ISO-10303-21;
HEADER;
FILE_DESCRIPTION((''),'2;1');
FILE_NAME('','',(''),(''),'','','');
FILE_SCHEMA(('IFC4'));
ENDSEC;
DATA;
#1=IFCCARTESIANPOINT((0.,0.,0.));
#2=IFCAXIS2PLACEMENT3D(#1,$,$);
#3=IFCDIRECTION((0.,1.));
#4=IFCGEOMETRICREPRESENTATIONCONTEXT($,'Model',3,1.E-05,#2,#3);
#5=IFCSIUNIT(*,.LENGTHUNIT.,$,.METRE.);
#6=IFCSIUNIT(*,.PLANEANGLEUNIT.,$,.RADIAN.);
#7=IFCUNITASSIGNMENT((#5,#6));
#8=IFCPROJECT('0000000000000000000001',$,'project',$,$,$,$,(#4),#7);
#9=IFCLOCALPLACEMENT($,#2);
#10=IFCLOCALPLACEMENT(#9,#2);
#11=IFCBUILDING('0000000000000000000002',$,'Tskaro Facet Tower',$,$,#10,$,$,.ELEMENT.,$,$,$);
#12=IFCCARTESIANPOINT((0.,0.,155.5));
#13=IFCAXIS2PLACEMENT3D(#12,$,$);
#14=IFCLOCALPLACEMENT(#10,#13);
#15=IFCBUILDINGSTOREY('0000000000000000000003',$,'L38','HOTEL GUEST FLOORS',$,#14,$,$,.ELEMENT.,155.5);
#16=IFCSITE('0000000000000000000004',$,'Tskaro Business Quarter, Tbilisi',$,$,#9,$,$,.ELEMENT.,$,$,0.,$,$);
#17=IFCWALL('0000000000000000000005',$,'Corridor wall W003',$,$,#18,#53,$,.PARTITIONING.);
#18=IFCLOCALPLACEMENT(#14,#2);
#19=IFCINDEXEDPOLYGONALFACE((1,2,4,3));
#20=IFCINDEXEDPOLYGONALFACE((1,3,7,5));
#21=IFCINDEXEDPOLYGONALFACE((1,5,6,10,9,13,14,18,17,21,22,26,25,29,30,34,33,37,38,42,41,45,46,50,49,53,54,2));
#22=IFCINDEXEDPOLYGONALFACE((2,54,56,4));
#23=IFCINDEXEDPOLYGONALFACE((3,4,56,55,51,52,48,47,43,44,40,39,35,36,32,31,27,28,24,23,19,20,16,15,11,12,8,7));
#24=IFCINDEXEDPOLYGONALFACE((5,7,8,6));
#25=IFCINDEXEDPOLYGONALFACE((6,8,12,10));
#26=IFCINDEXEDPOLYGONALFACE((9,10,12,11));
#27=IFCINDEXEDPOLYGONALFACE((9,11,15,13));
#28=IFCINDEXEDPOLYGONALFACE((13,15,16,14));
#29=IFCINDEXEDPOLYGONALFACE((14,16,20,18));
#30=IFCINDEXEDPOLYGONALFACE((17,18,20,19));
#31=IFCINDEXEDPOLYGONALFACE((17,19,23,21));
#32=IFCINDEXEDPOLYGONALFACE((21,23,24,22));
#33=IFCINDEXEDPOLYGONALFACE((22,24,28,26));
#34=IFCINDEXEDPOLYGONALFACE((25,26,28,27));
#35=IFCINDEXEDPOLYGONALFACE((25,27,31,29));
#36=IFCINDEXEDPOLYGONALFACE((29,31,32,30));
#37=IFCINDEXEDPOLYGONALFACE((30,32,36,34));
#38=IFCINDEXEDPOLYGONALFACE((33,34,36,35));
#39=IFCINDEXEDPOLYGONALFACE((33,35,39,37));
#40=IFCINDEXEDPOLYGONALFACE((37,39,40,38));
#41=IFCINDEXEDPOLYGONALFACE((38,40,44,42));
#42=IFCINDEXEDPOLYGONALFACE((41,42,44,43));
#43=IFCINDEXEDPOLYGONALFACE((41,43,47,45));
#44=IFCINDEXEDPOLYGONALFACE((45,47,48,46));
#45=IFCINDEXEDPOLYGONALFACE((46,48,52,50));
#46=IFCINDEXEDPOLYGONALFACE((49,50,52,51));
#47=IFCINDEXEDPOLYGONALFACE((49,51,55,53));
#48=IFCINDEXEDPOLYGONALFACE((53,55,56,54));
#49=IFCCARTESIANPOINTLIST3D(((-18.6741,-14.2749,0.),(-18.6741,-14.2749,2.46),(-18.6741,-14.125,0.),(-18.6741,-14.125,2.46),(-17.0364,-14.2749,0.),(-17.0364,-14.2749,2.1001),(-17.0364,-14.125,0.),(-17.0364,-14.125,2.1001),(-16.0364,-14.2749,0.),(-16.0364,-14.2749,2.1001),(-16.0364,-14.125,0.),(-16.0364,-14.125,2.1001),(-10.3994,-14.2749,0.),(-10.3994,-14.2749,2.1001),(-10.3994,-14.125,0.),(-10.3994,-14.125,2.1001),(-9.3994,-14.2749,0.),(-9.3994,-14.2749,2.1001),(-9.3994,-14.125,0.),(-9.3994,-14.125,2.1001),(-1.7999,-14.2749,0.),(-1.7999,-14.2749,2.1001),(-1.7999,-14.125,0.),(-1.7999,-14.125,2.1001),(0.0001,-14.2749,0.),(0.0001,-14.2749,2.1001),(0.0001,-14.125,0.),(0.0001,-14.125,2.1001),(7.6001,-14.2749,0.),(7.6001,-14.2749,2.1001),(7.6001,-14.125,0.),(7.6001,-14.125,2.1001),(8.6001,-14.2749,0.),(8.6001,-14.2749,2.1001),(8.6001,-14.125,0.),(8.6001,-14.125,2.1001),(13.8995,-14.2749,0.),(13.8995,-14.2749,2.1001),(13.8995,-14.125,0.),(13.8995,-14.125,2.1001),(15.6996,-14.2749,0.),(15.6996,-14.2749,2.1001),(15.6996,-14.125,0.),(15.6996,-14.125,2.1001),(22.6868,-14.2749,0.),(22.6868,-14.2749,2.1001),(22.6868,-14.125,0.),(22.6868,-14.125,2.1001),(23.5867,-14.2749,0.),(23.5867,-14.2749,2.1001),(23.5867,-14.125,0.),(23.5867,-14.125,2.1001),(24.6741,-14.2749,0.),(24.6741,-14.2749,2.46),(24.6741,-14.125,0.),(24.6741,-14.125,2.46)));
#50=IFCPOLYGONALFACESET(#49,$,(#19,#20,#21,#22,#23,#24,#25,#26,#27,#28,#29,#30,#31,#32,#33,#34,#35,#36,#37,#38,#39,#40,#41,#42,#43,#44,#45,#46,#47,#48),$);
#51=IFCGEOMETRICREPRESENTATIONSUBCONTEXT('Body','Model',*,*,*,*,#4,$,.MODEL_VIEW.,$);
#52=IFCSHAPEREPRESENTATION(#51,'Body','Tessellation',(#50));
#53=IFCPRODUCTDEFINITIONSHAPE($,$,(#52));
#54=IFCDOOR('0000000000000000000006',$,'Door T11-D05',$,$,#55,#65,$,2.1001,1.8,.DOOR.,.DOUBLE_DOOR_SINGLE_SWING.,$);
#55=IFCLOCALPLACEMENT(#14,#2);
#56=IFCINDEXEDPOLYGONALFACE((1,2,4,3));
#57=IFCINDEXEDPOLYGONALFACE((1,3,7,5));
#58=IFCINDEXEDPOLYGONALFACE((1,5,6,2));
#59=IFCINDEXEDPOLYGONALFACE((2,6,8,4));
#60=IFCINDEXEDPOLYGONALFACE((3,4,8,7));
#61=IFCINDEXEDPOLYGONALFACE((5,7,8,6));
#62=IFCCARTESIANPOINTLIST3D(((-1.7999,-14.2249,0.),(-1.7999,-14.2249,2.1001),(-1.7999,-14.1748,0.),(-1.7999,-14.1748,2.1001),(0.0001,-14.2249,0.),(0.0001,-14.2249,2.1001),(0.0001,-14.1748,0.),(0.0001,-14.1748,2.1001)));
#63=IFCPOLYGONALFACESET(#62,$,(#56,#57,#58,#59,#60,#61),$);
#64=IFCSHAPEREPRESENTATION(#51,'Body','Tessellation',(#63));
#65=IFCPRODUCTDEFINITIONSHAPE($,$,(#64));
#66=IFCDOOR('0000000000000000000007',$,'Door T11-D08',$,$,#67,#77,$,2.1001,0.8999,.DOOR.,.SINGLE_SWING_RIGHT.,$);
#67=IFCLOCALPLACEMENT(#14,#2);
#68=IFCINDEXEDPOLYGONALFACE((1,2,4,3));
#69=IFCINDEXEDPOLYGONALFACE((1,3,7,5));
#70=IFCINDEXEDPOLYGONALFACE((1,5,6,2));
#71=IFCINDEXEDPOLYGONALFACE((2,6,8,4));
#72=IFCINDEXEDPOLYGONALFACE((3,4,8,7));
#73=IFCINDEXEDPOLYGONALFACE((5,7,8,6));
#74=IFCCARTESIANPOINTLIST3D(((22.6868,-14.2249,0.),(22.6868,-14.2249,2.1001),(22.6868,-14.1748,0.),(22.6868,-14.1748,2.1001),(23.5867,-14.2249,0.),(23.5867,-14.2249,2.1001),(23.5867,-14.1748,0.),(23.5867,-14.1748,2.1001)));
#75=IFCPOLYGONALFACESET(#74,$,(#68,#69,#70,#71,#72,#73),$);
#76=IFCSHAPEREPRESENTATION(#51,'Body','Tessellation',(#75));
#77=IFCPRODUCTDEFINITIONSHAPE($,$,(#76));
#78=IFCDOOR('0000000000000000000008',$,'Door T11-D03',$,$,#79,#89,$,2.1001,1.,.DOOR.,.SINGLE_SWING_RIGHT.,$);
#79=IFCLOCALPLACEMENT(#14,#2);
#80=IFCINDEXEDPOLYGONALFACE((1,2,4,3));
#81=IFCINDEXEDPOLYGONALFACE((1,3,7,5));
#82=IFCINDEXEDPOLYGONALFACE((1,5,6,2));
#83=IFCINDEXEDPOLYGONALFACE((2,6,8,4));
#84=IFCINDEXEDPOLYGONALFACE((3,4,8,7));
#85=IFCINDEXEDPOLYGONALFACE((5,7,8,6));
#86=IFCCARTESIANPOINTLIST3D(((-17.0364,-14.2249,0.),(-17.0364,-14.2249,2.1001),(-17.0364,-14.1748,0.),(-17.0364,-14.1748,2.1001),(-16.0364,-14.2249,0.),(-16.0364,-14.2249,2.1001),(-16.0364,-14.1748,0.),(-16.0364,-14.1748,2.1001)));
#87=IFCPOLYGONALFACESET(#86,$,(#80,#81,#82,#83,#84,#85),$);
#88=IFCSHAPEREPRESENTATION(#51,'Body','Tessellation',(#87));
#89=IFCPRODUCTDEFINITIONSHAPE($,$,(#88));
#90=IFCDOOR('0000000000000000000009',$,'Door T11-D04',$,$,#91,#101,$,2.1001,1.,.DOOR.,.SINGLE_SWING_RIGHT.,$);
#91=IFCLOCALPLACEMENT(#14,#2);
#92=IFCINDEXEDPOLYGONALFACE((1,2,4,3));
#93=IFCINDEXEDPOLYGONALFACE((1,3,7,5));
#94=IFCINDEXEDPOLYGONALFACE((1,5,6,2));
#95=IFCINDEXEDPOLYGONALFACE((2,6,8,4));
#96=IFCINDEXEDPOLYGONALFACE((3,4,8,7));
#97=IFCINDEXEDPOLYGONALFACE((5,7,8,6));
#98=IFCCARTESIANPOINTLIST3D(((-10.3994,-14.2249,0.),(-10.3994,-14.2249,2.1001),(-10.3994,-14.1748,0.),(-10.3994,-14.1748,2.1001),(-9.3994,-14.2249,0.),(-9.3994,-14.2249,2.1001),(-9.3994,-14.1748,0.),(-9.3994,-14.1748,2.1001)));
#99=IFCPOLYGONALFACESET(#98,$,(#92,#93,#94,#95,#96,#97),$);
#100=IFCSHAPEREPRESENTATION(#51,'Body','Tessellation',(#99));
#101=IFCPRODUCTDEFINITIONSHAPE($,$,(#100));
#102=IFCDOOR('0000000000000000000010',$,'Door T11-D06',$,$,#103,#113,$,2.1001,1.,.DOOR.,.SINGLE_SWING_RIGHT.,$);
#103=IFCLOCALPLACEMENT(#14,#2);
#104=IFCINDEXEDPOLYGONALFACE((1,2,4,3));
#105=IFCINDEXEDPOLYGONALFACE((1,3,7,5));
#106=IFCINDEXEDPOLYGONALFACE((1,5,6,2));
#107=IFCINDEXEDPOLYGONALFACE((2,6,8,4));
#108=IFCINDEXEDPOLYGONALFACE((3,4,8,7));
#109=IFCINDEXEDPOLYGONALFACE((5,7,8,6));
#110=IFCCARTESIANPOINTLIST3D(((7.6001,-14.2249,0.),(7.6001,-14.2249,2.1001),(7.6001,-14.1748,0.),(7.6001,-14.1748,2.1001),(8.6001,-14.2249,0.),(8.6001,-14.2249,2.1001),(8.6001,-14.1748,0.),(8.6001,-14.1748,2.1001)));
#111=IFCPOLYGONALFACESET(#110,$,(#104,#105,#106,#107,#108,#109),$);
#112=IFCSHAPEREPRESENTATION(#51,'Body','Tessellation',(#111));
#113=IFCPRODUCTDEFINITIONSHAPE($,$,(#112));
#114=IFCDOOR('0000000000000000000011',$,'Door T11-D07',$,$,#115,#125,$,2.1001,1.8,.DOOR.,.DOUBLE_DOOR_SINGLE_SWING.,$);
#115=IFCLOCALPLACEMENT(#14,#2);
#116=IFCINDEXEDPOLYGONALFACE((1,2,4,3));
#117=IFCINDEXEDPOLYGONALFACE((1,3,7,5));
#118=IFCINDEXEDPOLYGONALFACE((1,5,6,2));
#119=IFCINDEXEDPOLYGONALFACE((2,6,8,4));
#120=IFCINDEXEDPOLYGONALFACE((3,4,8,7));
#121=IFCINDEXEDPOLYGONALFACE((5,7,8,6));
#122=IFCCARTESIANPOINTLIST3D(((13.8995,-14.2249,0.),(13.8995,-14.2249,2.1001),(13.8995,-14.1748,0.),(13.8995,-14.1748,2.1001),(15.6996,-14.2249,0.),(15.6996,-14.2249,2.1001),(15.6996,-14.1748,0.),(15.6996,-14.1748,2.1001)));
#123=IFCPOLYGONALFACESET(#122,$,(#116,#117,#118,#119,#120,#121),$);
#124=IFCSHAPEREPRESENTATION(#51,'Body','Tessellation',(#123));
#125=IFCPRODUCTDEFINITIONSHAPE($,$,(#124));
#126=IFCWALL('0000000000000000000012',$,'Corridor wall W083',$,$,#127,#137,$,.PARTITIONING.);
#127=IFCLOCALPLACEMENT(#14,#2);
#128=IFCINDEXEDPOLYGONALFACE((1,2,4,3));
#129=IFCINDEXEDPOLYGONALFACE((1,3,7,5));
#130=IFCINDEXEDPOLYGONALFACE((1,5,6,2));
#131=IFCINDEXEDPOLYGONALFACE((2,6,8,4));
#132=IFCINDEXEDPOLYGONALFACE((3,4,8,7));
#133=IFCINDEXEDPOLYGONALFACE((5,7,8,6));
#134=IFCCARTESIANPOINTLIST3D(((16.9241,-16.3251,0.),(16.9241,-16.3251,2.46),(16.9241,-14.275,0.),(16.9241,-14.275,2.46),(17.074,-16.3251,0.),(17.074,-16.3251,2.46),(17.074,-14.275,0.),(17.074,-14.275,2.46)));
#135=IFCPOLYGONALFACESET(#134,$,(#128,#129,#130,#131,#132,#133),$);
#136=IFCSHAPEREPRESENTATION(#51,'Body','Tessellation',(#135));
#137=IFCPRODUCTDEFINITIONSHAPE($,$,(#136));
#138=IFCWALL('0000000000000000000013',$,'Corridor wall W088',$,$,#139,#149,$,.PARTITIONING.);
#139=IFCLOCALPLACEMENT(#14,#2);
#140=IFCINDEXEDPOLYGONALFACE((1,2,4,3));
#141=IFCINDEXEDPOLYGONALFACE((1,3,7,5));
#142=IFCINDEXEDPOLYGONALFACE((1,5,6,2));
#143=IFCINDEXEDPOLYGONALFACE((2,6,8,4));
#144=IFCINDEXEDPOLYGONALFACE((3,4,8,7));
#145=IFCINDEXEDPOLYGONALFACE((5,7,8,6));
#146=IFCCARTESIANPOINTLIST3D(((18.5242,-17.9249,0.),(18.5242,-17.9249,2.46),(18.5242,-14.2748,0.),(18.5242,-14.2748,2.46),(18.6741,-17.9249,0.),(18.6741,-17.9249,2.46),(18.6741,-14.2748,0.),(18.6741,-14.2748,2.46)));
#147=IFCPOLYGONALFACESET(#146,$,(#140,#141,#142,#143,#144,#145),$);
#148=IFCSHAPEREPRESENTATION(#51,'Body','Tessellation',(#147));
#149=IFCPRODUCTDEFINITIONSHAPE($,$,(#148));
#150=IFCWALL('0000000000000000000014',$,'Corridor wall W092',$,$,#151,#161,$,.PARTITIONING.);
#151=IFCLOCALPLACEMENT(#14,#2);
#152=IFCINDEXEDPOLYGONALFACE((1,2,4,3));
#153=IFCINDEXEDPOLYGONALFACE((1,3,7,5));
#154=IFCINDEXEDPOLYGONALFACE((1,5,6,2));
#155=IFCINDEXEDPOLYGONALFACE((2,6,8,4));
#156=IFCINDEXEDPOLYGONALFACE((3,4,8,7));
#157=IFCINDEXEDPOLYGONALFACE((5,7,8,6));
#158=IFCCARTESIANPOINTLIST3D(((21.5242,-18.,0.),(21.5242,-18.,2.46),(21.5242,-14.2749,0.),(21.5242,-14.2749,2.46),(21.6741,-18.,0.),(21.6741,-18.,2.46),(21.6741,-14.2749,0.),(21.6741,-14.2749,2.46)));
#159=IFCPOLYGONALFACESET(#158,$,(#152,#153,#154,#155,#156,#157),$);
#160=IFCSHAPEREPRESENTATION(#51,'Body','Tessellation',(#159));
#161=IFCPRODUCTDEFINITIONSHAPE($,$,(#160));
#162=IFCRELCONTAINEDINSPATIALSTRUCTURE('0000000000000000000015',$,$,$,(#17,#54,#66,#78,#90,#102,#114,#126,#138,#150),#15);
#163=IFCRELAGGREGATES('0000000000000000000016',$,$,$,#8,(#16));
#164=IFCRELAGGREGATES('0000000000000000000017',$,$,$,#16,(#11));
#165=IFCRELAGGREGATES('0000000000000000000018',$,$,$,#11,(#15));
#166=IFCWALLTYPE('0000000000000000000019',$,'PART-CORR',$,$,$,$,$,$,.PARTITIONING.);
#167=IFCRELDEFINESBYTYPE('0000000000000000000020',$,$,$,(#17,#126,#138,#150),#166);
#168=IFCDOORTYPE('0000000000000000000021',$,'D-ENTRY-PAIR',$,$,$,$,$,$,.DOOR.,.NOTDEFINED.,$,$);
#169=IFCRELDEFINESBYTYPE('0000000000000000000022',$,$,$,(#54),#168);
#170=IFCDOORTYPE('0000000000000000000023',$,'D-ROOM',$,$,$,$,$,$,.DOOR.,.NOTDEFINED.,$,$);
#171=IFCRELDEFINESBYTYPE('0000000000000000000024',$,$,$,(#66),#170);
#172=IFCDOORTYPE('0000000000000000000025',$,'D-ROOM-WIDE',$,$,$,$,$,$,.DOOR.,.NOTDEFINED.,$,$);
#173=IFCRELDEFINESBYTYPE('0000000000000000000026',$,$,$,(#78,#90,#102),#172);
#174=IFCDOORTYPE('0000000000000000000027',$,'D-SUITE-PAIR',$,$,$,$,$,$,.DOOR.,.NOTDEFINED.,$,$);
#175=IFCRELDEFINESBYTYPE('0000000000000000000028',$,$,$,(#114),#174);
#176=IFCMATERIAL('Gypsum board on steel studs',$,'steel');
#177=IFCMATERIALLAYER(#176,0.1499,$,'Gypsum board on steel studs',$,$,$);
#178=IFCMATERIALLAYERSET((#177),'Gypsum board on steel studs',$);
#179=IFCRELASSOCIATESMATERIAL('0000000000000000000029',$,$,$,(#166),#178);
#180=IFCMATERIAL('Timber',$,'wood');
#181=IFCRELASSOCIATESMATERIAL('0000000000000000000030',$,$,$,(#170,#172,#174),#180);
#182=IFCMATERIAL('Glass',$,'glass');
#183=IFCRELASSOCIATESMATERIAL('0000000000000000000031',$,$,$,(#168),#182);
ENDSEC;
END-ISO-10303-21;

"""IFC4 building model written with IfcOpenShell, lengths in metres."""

from ifc_helpers import new_model, si_unit, direction, frame, frame_2d, origin, place, context, subcontext, project, spatial, rectangle, extrude, material, layer, layer_set, type_object, element, fill, save


model = new_model("IFC4")

# Units and contexts
model_context = context("Model", 3, precision=1e-05, world=origin(), true_north=direction((0.0, 1.0)))
body_context = subcontext(model_context, "Body", "Model", "MODEL_VIEW")
ifc_project = project(units=[si_unit("LENGTHUNIT", "METRE"), si_unit("PLANEANGLEUNIT", "RADIAN")], contexts=[model_context])

# Site, building, storey
site_placement = place(None, origin())
site = spatial("IfcSite", under=ifc_project, at=site_placement, Name="Tskaro Business Quarter, Tbilisi", CompositionType="ELEMENT", RefElevation=0.0)
building_placement = place(site_placement, origin())
building = spatial("IfcBuilding", under=site, at=building_placement, Name="Tskaro Facet Tower", CompositionType="ELEMENT")
storey_placement = place(building_placement, frame((0.0, 0.0, 155.5)))
storey = spatial("IfcBuildingStorey", under=building, at=storey_placement, Name="L38", Description="HOTEL GUEST FLOORS", CompositionType="ELEMENT", Elevation=155.5)

# Shared definitions
ifc_material_1 = material(Name="Gypsum board on steel studs", Category="steel")
ifc_layer_1 = layer(ifc_material_1, 0.1499, Name="Gypsum board on steel studs")
ifc_layer_set_1 = layer_set([ifc_layer_1], Name="Gypsum board on steel studs")
wall_type_1 = type_object("IfcWallType", Name="PART-CORR", PredefinedType="PARTITIONING", material=ifc_layer_set_1)
ifc_material_2 = material(Name="Timber", Category="wood")
door_type_1 = type_object("IfcDoorType", Name="D-ROOM", OperationType="NOTDEFINED", PredefinedType="DOOR", material=ifc_material_2)

# Wall, openings, doors
wall_1_placement = place(storey_placement, frame((24.6741, -14.2, 0.0), z_axis=(0.0, 0.0, 1.0), x_axis=(-1.0, 0.0, 0.0)))
wall_1 = element("IfcWall", 1, at=wall_1_placement, inside=storey, type_object=wall_type_1, Name="Corridor wall W003", PredefinedType="PARTITIONING", context=body_context, shape_type="SweptSolid", body=[
    extrude(rectangle(XDim=43.3481, YDim=0.1499, at=frame_2d((21.6741, 0.0))), origin(), (0.0, 0.0, 1.0), 2.46),
])
opening_1_placement = place(wall_1_placement, frame((40.7104, 0.0, 0.0)))
opening_1 = element("IfcOpeningElement", 2, at=opening_1_placement, cuts=wall_1, PredefinedType="OPENING", context=body_context, shape_type="SweptSolid", body=[
    extrude(rectangle(XDim=1.0, YDim=2.1001, at=frame_2d((0.5, 1.05))), frame((0.0, 0.085, 0.0), z_axis=(0.0, -1.0, 0.0), x_axis=(1.0, 0.0, 0.0)), (0.0, 0.0, 1.0), 0.1699),
])
opening_2_placement = place(wall_1_placement, frame((34.0735, 0.0, 0.0)))
opening_2 = element("IfcOpeningElement", 3, at=opening_2_placement, cuts=wall_1, PredefinedType="OPENING", context=body_context, shape_type="SweptSolid", body=[
    extrude(rectangle(XDim=1.0, YDim=2.1001, at=frame_2d((0.5, 1.05))), frame((0.0, 0.085, 0.0), z_axis=(0.0, -1.0, 0.0), x_axis=(1.0, 0.0, 0.0)), (0.0, 0.0, 1.0), 0.1699),
])
opening_3_placement = place(wall_1_placement, frame((24.6741, 0.0, 0.0)))
opening_3 = element("IfcOpeningElement", 4, at=opening_3_placement, cuts=wall_1, PredefinedType="OPENING", context=body_context, shape_type="SweptSolid", body=[
    extrude(rectangle(XDim=1.8, YDim=2.1001, at=frame_2d((0.8999, 1.05))), frame((0.0, 0.085, 0.0), z_axis=(0.0, -1.0, 0.0), x_axis=(1.0, 0.0, 0.0)), (0.0, 0.0, 1.0), 0.1699),
])
opening_4_placement = place(wall_1_placement, frame((16.074, 0.0, 0.0)))
opening_4 = element("IfcOpeningElement", 5, at=opening_4_placement, cuts=wall_1, PredefinedType="OPENING", context=body_context, shape_type="SweptSolid", body=[
    extrude(rectangle(XDim=1.0, YDim=2.1001, at=frame_2d((0.5, 1.05))), frame((0.0, 0.085, 0.0), z_axis=(0.0, -1.0, 0.0), x_axis=(1.0, 0.0, 0.0)), (0.0, 0.0, 1.0), 0.1699),
])
opening_5_placement = place(wall_1_placement, frame((8.9746, 0.0, 0.0)))
opening_5 = element("IfcOpeningElement", 6, at=opening_5_placement, cuts=wall_1, PredefinedType="OPENING", context=body_context, shape_type="SweptSolid", body=[
    extrude(rectangle(XDim=1.8, YDim=2.1001, at=frame_2d((0.8999, 1.05))), frame((0.0, 0.085, 0.0), z_axis=(0.0, -1.0, 0.0), x_axis=(1.0, 0.0, 0.0)), (0.0, 0.0, 1.0), 0.1699),
])
opening_6_placement = place(wall_1_placement, frame((1.0874, 0.0, 0.0)))
opening_6 = element("IfcOpeningElement", 7, at=opening_6_placement, cuts=wall_1, PredefinedType="OPENING", context=body_context, shape_type="SweptSolid", body=[
    extrude(rectangle(XDim=0.8999, YDim=2.1001, at=frame_2d((0.45, 1.05))), frame((0.0, 0.085, 0.0), z_axis=(0.0, -1.0, 0.0), x_axis=(1.0, 0.0, 0.0)), (0.0, 0.0, 1.0), 0.1699),
])
ifc_material_3 = material(Name="Glass", Category="glass")
door_type_2 = type_object("IfcDoorType", Name="D-ENTRY-PAIR", OperationType="NOTDEFINED", PredefinedType="DOOR", material=ifc_material_3)
door_1_placement = place(opening_3_placement, origin())
door_1 = element("IfcDoor", 8, at=door_1_placement, inside=storey, type_object=door_type_2, Name="Door T11-D05", OperationType="DOUBLE_DOOR_SINGLE_SWING", OverallHeight=2.1001, OverallWidth=1.8, PredefinedType="DOOR", context=body_context, shape_type="SweptSolid", body=[
    extrude(rectangle(XDim=1.8, YDim=2.1001, at=frame_2d((0.8999, 1.05))), frame((0.0, 0.0249, 0.0), z_axis=(0.0, -1.0, 0.0), x_axis=(1.0, 0.0, 0.0)), (0.0, 0.0, 1.0), 0.05),
])
fill(opening_3, door_1)
door_2_placement = place(opening_6_placement, origin())
door_2 = element("IfcDoor", 9, at=door_2_placement, inside=storey, type_object=door_type_1, Name="Door T11-D08", OperationType="SINGLE_SWING_RIGHT", OverallHeight=2.1001, OverallWidth=0.8999, PredefinedType="DOOR", context=body_context, shape_type="SweptSolid", body=[
    extrude(rectangle(XDim=0.8999, YDim=2.1001, at=frame_2d((0.45, 1.05))), frame((0.0, 0.0249, 0.0), z_axis=(0.0, -1.0, 0.0), x_axis=(1.0, 0.0, 0.0)), (0.0, 0.0, 1.0), 0.05),
])
fill(opening_6, door_2)
door_type_3 = type_object("IfcDoorType", Name="D-ROOM-WIDE", OperationType="NOTDEFINED", PredefinedType="DOOR", material=ifc_material_2)
door_3_placement = place(opening_1_placement, origin())
door_3 = element("IfcDoor", 10, at=door_3_placement, inside=storey, type_object=door_type_3, Name="Door T11-D03", OperationType="SINGLE_SWING_RIGHT", OverallHeight=2.1001, OverallWidth=1.0, PredefinedType="DOOR", context=body_context, shape_type="SweptSolid", body=[
    extrude(rectangle(XDim=1.0, YDim=2.1001, at=frame_2d((0.5, 1.05))), frame((0.0, 0.0249, 0.0), z_axis=(0.0, -1.0, 0.0), x_axis=(1.0, 0.0, 0.0)), (0.0, 0.0, 1.0), 0.05),
])
fill(opening_1, door_3)
door_4_placement = place(opening_2_placement, origin())
door_4 = element("IfcDoor", 11, at=door_4_placement, inside=storey, type_object=door_type_3, Name="Door T11-D04", OperationType="SINGLE_SWING_RIGHT", OverallHeight=2.1001, OverallWidth=1.0, PredefinedType="DOOR", context=body_context, shape_type="SweptSolid", body=[
    extrude(rectangle(XDim=1.0, YDim=2.1001, at=frame_2d((0.5, 1.05))), frame((0.0, 0.0249, 0.0), z_axis=(0.0, -1.0, 0.0), x_axis=(1.0, 0.0, 0.0)), (0.0, 0.0, 1.0), 0.05),
])
fill(opening_2, door_4)
door_5_placement = place(opening_4_placement, origin())
door_5 = element("IfcDoor", 12, at=door_5_placement, inside=storey, type_object=door_type_3, Name="Door T11-D06", OperationType="SINGLE_SWING_RIGHT", OverallHeight=2.1001, OverallWidth=1.0, PredefinedType="DOOR", context=body_context, shape_type="SweptSolid", body=[
    extrude(rectangle(XDim=1.0, YDim=2.1001, at=frame_2d((0.5, 1.05))), frame((0.0, 0.0249, 0.0), z_axis=(0.0, -1.0, 0.0), x_axis=(1.0, 0.0, 0.0)), (0.0, 0.0, 1.0), 0.05),
])
fill(opening_4, door_5)
door_type_4 = type_object("IfcDoorType", Name="D-SUITE-PAIR", OperationType="NOTDEFINED", PredefinedType="DOOR", material=ifc_material_2)
door_6_placement = place(opening_5_placement, origin())
door_6 = element("IfcDoor", 13, at=door_6_placement, inside=storey, type_object=door_type_4, Name="Door T11-D07", OperationType="DOUBLE_DOOR_SINGLE_SWING", OverallHeight=2.1001, OverallWidth=1.8, PredefinedType="DOOR", context=body_context, shape_type="SweptSolid", body=[
    extrude(rectangle(XDim=1.8, YDim=2.1001, at=frame_2d((0.8999, 1.05))), frame((0.0, 0.0249, 0.0), z_axis=(0.0, -1.0, 0.0), x_axis=(1.0, 0.0, 0.0)), (0.0, 0.0, 1.0), 0.05),
])
fill(opening_5, door_6)

# Walls
wall_2_placement = place(storey_placement, frame((16.999, -16.325, 0.0), z_axis=(0.0, 0.0, 1.0), x_axis=(0.0, 1.0, 0.0)))
element("IfcWall", 14, at=wall_2_placement, inside=storey, type_object=wall_type_1, Name="Corridor wall W083", PredefinedType="PARTITIONING", context=body_context, shape_type="SweptSolid", body=[
    extrude(rectangle(XDim=2.05, YDim=0.1499, at=frame_2d((1.0249, 0.0))), origin(), (0.0, 0.0, 1.0), 2.46),
])
wall_3_placement = place(storey_placement, frame((18.5991, -17.925, 0.0), z_axis=(0.0, 0.0, 1.0), x_axis=(0.0, 1.0, 0.0)))
element("IfcWall", 15, at=wall_3_placement, inside=storey, type_object=wall_type_1, Name="Corridor wall W088", PredefinedType="PARTITIONING", context=body_context, shape_type="SweptSolid", body=[
    extrude(rectangle(XDim=3.6501, YDim=0.1499, at=frame_2d((1.8252, 0.0))), origin(), (0.0, 0.0, 1.0), 2.46),
])
wall_4_placement = place(storey_placement, frame((21.5991, -18.0, 0.0), z_axis=(0.0, 0.0, 1.0), x_axis=(0.0, 1.0, 0.0)))
element("IfcWall", 16, at=wall_4_placement, inside=storey, type_object=wall_type_1, Name="Corridor wall W092", PredefinedType="PARTITIONING", context=body_context, shape_type="SweptSolid", body=[
    extrude(rectangle(XDim=3.7251, YDim=0.1499, at=frame_2d((1.8625, 0.0))), origin(), (0.0, 0.0, 1.0), 2.46),
])

save(model, "model.ifc")
